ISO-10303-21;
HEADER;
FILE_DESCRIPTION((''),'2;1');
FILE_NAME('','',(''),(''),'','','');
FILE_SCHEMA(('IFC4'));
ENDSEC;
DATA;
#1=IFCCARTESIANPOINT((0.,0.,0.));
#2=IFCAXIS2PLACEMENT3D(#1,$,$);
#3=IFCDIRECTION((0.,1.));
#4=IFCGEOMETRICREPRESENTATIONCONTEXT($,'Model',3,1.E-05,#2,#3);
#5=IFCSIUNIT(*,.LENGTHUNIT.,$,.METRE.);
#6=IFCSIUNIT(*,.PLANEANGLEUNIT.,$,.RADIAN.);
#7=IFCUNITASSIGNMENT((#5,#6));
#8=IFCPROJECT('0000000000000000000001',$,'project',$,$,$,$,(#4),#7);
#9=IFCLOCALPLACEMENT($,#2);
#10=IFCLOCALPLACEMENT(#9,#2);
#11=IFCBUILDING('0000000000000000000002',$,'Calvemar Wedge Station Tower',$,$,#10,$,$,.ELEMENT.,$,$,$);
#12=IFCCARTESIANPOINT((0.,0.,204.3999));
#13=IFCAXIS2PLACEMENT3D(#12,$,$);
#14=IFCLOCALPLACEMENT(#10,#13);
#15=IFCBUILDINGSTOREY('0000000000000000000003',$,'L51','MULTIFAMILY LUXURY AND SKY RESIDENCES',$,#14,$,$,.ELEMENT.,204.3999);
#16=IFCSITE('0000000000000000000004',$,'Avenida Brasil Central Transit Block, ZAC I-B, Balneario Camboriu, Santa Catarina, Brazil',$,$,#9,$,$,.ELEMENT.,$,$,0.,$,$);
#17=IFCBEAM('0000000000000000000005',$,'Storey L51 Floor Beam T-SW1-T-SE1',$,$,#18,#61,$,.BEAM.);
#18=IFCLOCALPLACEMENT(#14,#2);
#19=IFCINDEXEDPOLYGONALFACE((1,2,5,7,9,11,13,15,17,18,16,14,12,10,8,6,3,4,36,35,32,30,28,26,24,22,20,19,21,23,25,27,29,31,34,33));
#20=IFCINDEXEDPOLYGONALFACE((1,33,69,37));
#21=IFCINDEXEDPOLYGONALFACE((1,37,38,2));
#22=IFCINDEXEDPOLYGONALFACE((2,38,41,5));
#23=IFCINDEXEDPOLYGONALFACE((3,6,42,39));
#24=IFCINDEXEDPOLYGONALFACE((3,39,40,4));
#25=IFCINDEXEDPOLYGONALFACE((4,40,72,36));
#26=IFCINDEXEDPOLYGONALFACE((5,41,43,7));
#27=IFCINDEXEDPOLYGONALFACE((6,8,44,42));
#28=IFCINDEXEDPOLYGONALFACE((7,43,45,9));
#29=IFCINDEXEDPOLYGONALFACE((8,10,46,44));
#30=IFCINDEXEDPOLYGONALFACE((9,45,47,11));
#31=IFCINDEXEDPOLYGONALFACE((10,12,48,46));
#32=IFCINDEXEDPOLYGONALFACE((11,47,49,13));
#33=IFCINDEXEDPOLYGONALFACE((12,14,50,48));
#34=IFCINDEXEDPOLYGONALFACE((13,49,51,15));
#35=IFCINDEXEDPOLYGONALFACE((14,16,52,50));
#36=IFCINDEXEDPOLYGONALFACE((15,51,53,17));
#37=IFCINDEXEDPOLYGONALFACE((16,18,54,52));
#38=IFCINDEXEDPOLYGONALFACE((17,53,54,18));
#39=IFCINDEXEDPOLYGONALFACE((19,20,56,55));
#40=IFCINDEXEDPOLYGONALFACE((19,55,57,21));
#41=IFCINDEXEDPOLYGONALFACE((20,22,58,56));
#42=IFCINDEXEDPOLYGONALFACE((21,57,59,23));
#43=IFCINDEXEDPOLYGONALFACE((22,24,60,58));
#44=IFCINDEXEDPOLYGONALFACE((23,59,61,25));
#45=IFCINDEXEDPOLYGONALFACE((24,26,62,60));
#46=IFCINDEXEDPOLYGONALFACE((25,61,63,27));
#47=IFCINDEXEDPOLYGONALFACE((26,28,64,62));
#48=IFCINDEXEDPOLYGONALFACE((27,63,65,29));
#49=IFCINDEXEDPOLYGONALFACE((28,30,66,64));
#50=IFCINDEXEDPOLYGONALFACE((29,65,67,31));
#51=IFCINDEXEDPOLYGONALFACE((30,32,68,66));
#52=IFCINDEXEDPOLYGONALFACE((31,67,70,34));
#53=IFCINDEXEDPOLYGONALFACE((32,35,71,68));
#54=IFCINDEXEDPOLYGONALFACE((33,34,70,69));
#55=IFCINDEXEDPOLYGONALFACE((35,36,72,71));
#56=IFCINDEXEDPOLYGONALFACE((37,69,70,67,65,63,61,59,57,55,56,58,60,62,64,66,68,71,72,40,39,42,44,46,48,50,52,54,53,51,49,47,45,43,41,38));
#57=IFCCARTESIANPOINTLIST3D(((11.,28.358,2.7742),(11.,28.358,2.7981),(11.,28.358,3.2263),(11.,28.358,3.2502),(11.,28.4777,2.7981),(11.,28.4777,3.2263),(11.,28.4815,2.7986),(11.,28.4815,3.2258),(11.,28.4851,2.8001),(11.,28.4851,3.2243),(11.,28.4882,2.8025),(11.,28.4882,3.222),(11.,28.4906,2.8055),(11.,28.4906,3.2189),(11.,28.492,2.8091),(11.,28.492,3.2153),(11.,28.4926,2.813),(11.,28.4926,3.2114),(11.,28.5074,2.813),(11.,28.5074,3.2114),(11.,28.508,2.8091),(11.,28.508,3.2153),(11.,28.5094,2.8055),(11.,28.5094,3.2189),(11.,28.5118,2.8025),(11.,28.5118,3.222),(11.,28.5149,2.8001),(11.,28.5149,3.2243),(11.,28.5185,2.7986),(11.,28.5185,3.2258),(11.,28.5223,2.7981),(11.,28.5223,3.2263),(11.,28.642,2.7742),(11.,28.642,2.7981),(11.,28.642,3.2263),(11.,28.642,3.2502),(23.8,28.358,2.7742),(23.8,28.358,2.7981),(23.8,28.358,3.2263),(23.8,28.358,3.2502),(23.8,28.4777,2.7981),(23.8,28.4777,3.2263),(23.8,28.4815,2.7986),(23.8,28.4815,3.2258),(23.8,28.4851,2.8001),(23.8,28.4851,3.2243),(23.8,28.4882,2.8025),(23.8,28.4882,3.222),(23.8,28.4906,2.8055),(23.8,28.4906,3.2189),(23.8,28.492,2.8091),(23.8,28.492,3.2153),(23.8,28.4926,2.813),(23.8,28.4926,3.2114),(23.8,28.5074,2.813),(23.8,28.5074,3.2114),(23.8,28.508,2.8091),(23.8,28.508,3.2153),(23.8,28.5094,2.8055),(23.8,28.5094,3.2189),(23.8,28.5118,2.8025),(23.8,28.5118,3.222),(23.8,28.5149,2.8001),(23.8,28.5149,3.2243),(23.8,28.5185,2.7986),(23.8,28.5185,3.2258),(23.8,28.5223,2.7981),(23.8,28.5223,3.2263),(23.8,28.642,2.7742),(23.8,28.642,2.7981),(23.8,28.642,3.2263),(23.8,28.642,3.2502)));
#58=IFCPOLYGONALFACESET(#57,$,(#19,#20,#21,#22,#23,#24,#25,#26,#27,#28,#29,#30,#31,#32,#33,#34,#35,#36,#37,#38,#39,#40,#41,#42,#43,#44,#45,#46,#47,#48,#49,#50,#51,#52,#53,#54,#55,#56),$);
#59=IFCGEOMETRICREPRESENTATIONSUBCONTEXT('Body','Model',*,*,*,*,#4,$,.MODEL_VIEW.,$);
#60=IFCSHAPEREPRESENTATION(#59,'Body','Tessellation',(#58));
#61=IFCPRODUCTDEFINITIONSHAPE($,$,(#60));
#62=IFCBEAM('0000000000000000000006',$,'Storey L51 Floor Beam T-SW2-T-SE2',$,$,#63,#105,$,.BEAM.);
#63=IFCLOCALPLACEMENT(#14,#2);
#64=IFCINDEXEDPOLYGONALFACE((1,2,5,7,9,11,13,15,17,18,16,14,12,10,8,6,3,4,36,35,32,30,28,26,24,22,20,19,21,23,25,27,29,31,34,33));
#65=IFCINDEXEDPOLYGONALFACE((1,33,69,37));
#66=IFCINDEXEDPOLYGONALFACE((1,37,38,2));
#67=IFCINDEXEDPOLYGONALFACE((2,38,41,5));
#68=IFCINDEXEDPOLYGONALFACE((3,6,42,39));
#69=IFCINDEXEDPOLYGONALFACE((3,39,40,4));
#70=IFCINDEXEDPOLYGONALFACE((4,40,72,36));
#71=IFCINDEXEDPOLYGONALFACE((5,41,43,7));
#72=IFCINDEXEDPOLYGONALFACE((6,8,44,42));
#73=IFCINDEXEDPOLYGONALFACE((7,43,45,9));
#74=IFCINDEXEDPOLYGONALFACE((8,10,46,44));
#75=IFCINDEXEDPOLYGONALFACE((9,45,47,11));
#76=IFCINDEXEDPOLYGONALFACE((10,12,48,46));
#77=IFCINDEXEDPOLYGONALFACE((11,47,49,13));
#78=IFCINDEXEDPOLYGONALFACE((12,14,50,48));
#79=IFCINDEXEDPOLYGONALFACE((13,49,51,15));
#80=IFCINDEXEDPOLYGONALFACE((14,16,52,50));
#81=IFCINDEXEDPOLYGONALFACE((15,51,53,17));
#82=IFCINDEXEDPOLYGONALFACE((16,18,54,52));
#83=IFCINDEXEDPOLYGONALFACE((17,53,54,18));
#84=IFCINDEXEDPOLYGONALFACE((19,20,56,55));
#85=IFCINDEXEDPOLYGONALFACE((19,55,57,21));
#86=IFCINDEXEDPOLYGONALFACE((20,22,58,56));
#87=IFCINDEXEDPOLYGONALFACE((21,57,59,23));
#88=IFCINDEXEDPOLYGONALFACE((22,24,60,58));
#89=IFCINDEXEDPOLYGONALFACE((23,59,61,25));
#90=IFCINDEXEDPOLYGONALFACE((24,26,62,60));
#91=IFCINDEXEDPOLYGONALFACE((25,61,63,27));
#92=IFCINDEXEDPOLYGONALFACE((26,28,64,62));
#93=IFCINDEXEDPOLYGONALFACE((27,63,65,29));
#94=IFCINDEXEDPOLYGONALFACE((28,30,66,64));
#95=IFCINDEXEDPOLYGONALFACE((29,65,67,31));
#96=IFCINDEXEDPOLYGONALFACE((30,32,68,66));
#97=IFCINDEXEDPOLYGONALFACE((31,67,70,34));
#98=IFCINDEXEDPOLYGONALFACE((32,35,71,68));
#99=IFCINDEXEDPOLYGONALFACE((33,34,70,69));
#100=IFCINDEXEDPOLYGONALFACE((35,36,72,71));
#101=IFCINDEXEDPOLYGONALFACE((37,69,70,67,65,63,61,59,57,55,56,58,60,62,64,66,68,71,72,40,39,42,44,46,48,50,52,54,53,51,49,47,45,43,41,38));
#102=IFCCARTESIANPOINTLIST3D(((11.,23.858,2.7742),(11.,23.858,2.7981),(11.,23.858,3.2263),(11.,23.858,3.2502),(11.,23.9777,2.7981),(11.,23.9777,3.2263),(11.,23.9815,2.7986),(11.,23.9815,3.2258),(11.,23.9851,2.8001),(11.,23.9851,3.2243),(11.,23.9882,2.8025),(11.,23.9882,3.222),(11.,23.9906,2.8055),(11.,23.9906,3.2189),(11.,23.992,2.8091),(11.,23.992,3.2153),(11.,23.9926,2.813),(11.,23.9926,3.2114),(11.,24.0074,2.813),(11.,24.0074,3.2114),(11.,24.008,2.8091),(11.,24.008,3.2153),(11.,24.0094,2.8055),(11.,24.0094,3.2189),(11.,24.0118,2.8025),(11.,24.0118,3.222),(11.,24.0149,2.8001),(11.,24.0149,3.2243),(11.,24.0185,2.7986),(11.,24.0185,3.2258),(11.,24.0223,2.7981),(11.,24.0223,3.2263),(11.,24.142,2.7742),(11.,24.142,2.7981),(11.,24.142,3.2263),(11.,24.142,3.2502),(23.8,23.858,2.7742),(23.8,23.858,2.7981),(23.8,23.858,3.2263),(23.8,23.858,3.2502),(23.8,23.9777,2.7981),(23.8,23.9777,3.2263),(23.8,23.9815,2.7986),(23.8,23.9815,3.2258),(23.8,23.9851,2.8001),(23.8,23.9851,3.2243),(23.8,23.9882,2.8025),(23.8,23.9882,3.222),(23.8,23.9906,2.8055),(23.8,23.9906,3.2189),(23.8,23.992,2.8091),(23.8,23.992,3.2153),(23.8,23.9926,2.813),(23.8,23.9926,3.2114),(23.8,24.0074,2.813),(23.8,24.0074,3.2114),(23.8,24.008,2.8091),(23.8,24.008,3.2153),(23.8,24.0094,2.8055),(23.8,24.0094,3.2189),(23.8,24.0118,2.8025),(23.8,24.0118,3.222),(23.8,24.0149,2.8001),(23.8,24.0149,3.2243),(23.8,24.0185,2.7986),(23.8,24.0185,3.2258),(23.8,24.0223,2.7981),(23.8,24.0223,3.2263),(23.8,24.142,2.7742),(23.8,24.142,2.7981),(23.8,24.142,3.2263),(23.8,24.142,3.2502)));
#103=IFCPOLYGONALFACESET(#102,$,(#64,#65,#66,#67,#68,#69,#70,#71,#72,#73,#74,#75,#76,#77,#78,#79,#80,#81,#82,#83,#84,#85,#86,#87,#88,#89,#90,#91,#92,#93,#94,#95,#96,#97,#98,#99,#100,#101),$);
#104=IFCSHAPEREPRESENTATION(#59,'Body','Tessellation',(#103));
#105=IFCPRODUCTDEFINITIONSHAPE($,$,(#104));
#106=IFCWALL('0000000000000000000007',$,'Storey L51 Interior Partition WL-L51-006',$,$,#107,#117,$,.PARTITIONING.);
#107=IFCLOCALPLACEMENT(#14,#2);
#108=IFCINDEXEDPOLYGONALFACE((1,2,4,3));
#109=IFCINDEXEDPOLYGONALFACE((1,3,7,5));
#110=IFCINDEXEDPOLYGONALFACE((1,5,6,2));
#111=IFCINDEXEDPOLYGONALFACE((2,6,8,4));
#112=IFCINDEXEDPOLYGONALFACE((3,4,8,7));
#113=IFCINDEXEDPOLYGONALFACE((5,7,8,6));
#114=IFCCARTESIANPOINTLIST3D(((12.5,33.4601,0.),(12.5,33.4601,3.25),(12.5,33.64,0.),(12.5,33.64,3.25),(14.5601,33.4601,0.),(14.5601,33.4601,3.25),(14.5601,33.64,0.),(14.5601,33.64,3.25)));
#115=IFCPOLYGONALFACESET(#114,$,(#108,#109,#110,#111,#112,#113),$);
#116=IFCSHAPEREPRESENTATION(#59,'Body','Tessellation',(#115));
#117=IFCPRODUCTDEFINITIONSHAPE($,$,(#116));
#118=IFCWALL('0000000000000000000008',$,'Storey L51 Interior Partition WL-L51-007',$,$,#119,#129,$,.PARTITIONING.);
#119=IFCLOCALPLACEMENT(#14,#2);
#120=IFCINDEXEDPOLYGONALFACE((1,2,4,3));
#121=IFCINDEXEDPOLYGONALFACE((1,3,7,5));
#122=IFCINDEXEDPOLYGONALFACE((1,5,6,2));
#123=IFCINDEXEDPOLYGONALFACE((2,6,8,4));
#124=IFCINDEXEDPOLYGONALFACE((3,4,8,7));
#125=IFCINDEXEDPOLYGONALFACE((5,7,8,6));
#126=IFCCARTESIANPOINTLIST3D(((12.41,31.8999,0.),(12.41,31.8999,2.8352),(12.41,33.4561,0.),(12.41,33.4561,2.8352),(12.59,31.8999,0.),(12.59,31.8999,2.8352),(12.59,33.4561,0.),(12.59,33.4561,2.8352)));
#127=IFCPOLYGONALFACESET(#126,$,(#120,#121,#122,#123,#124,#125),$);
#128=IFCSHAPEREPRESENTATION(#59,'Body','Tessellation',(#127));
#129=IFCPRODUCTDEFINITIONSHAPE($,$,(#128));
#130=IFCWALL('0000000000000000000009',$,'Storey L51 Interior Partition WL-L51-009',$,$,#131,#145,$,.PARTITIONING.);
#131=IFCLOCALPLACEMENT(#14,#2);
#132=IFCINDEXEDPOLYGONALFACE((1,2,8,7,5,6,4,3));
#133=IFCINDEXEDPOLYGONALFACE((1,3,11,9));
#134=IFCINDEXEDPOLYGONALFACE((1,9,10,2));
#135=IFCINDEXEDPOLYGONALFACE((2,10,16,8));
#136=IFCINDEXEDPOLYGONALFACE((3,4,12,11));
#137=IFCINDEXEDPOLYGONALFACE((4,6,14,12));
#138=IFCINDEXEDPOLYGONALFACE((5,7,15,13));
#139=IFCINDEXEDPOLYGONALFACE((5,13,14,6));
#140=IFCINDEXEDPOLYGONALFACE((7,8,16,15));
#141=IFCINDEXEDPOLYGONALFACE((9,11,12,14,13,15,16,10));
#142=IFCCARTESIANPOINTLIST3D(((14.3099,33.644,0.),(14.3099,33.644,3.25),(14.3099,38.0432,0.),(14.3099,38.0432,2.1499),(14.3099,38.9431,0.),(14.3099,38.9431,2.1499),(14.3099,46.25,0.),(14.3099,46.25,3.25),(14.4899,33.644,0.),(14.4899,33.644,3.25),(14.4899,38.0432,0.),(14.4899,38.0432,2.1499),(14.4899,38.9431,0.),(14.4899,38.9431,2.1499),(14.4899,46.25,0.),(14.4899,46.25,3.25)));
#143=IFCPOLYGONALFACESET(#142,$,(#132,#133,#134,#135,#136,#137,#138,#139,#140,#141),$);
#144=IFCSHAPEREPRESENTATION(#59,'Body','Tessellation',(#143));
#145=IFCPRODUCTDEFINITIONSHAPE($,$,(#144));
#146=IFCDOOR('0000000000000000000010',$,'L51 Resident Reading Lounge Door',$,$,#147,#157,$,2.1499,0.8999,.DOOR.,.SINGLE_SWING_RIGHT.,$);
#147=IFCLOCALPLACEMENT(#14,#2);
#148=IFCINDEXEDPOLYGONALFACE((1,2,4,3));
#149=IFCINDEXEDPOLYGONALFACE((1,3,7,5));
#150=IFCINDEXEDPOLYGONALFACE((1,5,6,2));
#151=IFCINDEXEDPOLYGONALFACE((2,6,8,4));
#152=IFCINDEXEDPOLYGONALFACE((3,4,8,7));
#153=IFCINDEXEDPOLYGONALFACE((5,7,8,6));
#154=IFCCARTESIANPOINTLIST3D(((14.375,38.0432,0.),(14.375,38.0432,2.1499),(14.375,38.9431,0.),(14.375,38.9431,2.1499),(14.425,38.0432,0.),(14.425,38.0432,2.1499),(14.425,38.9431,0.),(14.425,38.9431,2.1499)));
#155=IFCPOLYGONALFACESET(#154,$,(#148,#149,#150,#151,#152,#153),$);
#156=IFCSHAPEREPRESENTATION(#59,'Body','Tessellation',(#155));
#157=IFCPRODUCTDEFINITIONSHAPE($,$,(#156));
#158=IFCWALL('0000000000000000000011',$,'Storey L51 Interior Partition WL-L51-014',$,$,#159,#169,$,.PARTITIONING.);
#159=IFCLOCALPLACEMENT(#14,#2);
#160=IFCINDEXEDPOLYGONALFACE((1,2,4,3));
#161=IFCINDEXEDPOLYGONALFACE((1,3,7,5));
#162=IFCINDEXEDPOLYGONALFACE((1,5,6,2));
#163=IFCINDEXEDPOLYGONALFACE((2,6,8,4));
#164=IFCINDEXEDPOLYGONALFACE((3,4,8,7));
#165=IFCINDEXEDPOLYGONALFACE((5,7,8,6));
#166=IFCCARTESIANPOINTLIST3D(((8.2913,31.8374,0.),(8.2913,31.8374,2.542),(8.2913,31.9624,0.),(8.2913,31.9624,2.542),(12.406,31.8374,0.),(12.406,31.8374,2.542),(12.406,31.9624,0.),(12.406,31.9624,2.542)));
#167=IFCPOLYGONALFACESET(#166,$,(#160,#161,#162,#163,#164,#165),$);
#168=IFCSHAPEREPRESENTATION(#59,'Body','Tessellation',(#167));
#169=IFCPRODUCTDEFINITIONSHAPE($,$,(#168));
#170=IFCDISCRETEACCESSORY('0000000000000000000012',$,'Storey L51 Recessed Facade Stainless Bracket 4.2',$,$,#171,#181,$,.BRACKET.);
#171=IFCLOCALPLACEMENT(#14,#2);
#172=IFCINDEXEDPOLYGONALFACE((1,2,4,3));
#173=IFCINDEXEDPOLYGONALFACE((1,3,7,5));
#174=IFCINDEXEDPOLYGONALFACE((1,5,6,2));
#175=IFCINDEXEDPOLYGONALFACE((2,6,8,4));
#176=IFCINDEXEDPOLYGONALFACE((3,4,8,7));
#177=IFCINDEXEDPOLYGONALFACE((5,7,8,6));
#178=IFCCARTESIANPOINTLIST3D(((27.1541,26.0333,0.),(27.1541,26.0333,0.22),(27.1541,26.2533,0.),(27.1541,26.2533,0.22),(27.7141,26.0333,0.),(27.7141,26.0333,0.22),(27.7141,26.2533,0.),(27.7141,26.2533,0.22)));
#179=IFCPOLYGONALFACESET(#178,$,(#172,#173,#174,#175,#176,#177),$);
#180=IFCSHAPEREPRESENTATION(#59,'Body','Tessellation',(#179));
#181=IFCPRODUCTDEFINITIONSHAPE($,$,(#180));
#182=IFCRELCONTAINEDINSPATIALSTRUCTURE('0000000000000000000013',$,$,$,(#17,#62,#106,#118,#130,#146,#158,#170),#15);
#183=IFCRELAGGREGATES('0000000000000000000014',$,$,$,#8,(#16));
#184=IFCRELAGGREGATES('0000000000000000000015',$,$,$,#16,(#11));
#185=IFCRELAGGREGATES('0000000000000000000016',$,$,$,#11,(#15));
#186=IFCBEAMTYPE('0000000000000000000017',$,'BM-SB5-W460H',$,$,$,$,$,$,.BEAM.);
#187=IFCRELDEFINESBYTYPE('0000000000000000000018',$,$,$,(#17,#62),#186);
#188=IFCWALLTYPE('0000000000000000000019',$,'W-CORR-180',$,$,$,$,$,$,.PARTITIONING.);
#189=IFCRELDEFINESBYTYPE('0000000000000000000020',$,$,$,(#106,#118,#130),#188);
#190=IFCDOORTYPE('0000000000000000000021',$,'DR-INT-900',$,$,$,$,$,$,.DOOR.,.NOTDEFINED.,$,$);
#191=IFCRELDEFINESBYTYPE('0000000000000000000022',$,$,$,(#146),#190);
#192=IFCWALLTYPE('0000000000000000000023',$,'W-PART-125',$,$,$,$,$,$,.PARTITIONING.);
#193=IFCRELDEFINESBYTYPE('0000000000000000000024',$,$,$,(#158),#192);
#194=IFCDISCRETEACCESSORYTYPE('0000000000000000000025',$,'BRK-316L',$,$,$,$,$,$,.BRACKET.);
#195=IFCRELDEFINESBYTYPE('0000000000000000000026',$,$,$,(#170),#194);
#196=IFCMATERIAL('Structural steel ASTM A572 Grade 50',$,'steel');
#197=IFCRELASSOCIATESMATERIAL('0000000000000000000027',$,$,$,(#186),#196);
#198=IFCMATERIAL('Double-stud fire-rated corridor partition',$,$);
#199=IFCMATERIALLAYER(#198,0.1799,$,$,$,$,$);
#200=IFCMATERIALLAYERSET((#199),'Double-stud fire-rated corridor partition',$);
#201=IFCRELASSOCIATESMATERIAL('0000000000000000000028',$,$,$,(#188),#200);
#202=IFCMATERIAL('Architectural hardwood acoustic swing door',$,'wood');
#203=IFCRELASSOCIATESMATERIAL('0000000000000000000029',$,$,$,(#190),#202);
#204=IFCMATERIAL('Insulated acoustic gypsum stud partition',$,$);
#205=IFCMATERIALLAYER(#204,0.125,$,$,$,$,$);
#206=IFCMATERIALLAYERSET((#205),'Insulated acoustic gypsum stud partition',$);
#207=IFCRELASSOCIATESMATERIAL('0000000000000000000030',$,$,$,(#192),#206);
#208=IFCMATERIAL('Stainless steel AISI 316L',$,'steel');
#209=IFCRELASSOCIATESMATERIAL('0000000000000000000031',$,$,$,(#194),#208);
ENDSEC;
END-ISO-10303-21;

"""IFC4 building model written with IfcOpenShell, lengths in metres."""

from ifc_helpers import new_model, si_unit, direction, frame, frame_2d, origin, origin_2d, place, context, subcontext, project, spatial, rectangle, i_section, extrude, source, transform, mapped, material, layer, layer_set, material_profile, profile_set, type_object, element, fill, save


model = new_model("IFC4")

# Units and contexts
model_context = context("Model", 3, precision=1e-05, world=origin(), true_north=direction((0.0, 1.0)))
body_context = subcontext(model_context, "Body", "Model", "MODEL_VIEW")
ifc_project = project(units=[si_unit("LENGTHUNIT", "METRE"), si_unit("PLANEANGLEUNIT", "RADIAN")], contexts=[model_context])

# Site, building, storey
site_placement = place(None, origin())
site = spatial("IfcSite", under=ifc_project, at=site_placement, Name="Avenida Brasil Central Transit Block, ZAC I-B, Balneario Camboriu, Santa Catarina, Brazil", CompositionType="ELEMENT", RefElevation=0.0)
building_placement = place(site_placement, origin())
building = spatial("IfcBuilding", under=site, at=building_placement, Name="Calvemar Wedge Station Tower", CompositionType="ELEMENT")
storey_placement = place(building_placement, frame((0.0, 0.0, 204.3999)))
storey = spatial("IfcBuildingStorey", under=building, at=storey_placement, Name="L51", Description="MULTIFAMILY LUXURY AND SKY RESIDENCES", CompositionType="ELEMENT", Elevation=204.3999)

# Beams
ifc_material_1 = material(Name="Structural steel ASTM A572 Grade 50", Category="steel")
ifc_material_profile_1 = material_profile(ifc_material_1, i_section(OverallWidth=0.2839, OverallDepth=0.4761, WebThickness=0.0149, FlangeThickness=0.0239, FilletRadius=0.0149, at=origin_2d()), Name="W460x158")
ifc_profile_set_1 = profile_set([ifc_material_profile_1], Name="Structural steel ASTM A572 Grade 50")
beam_type_1 = type_object("IfcBeamType", Name="BM-SB5-W460H", PredefinedType="BEAM", material=ifc_profile_set_1)
shared_shape_1 = source(origin(), body_context, "Body", "SweptSolid", [
    extrude(i_section(OverallWidth=0.2839, OverallDepth=0.4761, WebThickness=0.0149, FlangeThickness=0.0239, FilletRadius=0.0149, at=origin_2d()), origin(), (0.0, 0.0, 1.0), 12.8),
])
for number, where, z_axis, x_axis, name in (
    (1, (11.0, 28.5, 3.0122), (1.0, 0.0, 0.0), (0.0, 1.0, 0.0), "Storey L51 Floor Beam T-SW1-T-SE1"),
    (2, (11.0, 24.0, 3.0122), (1.0, 0.0, 0.0), (0.0, 1.0, 0.0), "Storey L51 Floor Beam T-SW2-T-SE2"),
):
    element("IfcBeam", number, at=place(storey_placement, frame(where, z_axis=z_axis, x_axis=x_axis)), inside=storey, type_object=beam_type_1, Name=name, PredefinedType="BEAM", context=body_context, shape_type="MappedRepresentation", body=[
        mapped(shared_shape_1, transform((0.0, 0.0, 0.0), scale=1.0)),
    ])

# Walls
ifc_material_2 = material(Name="Double-stud fire-rated corridor partition")
ifc_layer_1 = layer(ifc_material_2, 0.1799)
ifc_layer_set_1 = layer_set([ifc_layer_1], Name="Double-stud fire-rated corridor partition")
wall_type_1 = type_object("IfcWallType", Name="W-CORR-180", PredefinedType="PARTITIONING", material=ifc_layer_set_1)
wall_1_placement = place(storey_placement, frame((12.5, 33.55, 0.0), z_axis=(0.0, 0.0, 1.0), x_axis=(1.0, 0.0, 0.0)))
element("IfcWall", 3, at=wall_1_placement, inside=storey, type_object=wall_type_1, Name="Storey L51 Interior Partition WL-L51-006", PredefinedType="PARTITIONING", context=body_context, shape_type="SweptSolid", body=[
    extrude(rectangle(XDim=2.0601, YDim=0.1799, at=frame_2d((1.03, 0.0))), origin(), (0.0, 0.0, 1.0), 3.25),
])
wall_2_placement = place(storey_placement, frame((12.5, 31.8999, 0.0), z_axis=(0.0, 0.0, 1.0), x_axis=(0.0, 1.0, 0.0)))
element("IfcWall", 4, at=wall_2_placement, inside=storey, type_object=wall_type_1, Name="Storey L51 Interior Partition WL-L51-007", PredefinedType="PARTITIONING", context=body_context, shape_type="SweptSolid", body=[
    extrude(rectangle(XDim=1.5562, YDim=0.1799, at=frame_2d((0.7781, 0.0))), origin(), (0.0, 0.0, 1.0), 2.8352),
])

# Wall, opening, door
wall_3_placement = place(storey_placement, frame((14.3999, 33.644, 0.0), z_axis=(0.0, 0.0, 1.0), x_axis=(0.0, 1.0, 0.0)))
wall_3 = element("IfcWall", 5, at=wall_3_placement, inside=storey, type_object=wall_type_1, Name="Storey L51 Interior Partition WL-L51-009", PredefinedType="PARTITIONING", context=body_context, shape_type="SweptSolid", body=[
    extrude(rectangle(XDim=12.606, YDim=0.1799, at=frame_2d((6.303, 0.0))), origin(), (0.0, 0.0, 1.0), 3.25),
])
shared_shape_2 = source(origin(), body_context, "Body", "SweptSolid", [
    extrude(rectangle(XDim=0.8999, YDim=2.1499, at=frame_2d((0.45, 1.075))), frame((0.0, 0.1001, 0.0), z_axis=(0.0, -1.0, 0.0), x_axis=(1.0, 0.0, 0.0)), (0.0, 0.0, 1.0), 0.2),
])
opening_1_placement = place(wall_3_placement, frame((4.3992, 0.0, 0.0)))
opening_1 = element("IfcOpeningElement", 6, at=opening_1_placement, cuts=wall_3, PredefinedType="OPENING", context=body_context, shape_type="MappedRepresentation", body=[
    mapped(shared_shape_2, transform((0.0, 0.0, 0.0), scale=1.0)),
])
ifc_material_3 = material(Name="Architectural hardwood acoustic swing door", Category="wood")
door_type_1 = type_object("IfcDoorType", Name="DR-INT-900", OperationType="NOTDEFINED", PredefinedType="DOOR", material=ifc_material_3)
shared_shape_3 = source(origin(), body_context, "Body", "SweptSolid", [
    extrude(rectangle(XDim=0.8999, YDim=2.1499, at=frame_2d((0.45, 1.075))), frame((0.0, 0.0249, 0.0), z_axis=(0.0, -1.0, 0.0), x_axis=(1.0, 0.0, 0.0)), (0.0, 0.0, 1.0), 0.05),
])
door_1_placement = place(opening_1_placement, origin())
door_1 = element("IfcDoor", 7, at=door_1_placement, inside=storey, type_object=door_type_1, Name="L51 Resident Reading Lounge Door", OperationType="SINGLE_SWING_RIGHT", OverallHeight=2.1499, OverallWidth=0.8999, PredefinedType="DOOR", context=body_context, shape_type="MappedRepresentation", body=[
    mapped(shared_shape_3, transform((0.0, 0.0, 0.0), scale=1.0)),
])
fill(opening_1, door_1)

# Wall
ifc_material_4 = material(Name="Insulated acoustic gypsum stud partition")
ifc_layer_2 = layer(ifc_material_4, 0.125)
ifc_layer_set_2 = layer_set([ifc_layer_2], Name="Insulated acoustic gypsum stud partition")
wall_type_2 = type_object("IfcWallType", Name="W-PART-125", PredefinedType="PARTITIONING", material=ifc_layer_set_2)
wall_4_placement = place(storey_placement, frame((12.406, 31.8999, 0.0), z_axis=(0.0, 0.0, 1.0), x_axis=(-1.0, 0.0, 0.0)))
element("IfcWall", 8, at=wall_4_placement, inside=storey, type_object=wall_type_2, Name="Storey L51 Interior Partition WL-L51-014", PredefinedType="PARTITIONING", context=body_context, shape_type="SweptSolid", body=[
    extrude(rectangle(XDim=4.1147, YDim=0.125, at=frame_2d((2.0574, 0.0))), origin(), (0.0, 0.0, 1.0), 2.542),
])

# Discrete accessory
ifc_material_5 = material(Name="Stainless steel AISI 316L", Category="steel")
discrete_accessory_type = type_object("IfcDiscreteAccessoryType", Name="BRK-316L", PredefinedType="BRACKET", material=ifc_material_5)
shared_shape_4 = source(origin(), body_context, "Body", "SweptSolid", [
    extrude(rectangle(XDim=0.22, YDim=0.5601, at=origin_2d()), origin(), (0.0, 0.0, 1.0), 0.22),
])
discrete_accessory_placement = place(storey_placement, frame((27.4341, 26.1433, 0.0), z_axis=(0.0, 0.0, 1.0), x_axis=(0.0, 1.0, 0.0)))
element("IfcDiscreteAccessory", 9, at=discrete_accessory_placement, inside=storey, type_object=discrete_accessory_type, Name="Storey L51 Recessed Facade Stainless Bracket 4.2", PredefinedType="BRACKET", context=body_context, shape_type="MappedRepresentation", body=[
    mapped(shared_shape_4, transform((0.0, 0.0, 0.0), scale=1.0)),
])

save(model, "model.ifc")
